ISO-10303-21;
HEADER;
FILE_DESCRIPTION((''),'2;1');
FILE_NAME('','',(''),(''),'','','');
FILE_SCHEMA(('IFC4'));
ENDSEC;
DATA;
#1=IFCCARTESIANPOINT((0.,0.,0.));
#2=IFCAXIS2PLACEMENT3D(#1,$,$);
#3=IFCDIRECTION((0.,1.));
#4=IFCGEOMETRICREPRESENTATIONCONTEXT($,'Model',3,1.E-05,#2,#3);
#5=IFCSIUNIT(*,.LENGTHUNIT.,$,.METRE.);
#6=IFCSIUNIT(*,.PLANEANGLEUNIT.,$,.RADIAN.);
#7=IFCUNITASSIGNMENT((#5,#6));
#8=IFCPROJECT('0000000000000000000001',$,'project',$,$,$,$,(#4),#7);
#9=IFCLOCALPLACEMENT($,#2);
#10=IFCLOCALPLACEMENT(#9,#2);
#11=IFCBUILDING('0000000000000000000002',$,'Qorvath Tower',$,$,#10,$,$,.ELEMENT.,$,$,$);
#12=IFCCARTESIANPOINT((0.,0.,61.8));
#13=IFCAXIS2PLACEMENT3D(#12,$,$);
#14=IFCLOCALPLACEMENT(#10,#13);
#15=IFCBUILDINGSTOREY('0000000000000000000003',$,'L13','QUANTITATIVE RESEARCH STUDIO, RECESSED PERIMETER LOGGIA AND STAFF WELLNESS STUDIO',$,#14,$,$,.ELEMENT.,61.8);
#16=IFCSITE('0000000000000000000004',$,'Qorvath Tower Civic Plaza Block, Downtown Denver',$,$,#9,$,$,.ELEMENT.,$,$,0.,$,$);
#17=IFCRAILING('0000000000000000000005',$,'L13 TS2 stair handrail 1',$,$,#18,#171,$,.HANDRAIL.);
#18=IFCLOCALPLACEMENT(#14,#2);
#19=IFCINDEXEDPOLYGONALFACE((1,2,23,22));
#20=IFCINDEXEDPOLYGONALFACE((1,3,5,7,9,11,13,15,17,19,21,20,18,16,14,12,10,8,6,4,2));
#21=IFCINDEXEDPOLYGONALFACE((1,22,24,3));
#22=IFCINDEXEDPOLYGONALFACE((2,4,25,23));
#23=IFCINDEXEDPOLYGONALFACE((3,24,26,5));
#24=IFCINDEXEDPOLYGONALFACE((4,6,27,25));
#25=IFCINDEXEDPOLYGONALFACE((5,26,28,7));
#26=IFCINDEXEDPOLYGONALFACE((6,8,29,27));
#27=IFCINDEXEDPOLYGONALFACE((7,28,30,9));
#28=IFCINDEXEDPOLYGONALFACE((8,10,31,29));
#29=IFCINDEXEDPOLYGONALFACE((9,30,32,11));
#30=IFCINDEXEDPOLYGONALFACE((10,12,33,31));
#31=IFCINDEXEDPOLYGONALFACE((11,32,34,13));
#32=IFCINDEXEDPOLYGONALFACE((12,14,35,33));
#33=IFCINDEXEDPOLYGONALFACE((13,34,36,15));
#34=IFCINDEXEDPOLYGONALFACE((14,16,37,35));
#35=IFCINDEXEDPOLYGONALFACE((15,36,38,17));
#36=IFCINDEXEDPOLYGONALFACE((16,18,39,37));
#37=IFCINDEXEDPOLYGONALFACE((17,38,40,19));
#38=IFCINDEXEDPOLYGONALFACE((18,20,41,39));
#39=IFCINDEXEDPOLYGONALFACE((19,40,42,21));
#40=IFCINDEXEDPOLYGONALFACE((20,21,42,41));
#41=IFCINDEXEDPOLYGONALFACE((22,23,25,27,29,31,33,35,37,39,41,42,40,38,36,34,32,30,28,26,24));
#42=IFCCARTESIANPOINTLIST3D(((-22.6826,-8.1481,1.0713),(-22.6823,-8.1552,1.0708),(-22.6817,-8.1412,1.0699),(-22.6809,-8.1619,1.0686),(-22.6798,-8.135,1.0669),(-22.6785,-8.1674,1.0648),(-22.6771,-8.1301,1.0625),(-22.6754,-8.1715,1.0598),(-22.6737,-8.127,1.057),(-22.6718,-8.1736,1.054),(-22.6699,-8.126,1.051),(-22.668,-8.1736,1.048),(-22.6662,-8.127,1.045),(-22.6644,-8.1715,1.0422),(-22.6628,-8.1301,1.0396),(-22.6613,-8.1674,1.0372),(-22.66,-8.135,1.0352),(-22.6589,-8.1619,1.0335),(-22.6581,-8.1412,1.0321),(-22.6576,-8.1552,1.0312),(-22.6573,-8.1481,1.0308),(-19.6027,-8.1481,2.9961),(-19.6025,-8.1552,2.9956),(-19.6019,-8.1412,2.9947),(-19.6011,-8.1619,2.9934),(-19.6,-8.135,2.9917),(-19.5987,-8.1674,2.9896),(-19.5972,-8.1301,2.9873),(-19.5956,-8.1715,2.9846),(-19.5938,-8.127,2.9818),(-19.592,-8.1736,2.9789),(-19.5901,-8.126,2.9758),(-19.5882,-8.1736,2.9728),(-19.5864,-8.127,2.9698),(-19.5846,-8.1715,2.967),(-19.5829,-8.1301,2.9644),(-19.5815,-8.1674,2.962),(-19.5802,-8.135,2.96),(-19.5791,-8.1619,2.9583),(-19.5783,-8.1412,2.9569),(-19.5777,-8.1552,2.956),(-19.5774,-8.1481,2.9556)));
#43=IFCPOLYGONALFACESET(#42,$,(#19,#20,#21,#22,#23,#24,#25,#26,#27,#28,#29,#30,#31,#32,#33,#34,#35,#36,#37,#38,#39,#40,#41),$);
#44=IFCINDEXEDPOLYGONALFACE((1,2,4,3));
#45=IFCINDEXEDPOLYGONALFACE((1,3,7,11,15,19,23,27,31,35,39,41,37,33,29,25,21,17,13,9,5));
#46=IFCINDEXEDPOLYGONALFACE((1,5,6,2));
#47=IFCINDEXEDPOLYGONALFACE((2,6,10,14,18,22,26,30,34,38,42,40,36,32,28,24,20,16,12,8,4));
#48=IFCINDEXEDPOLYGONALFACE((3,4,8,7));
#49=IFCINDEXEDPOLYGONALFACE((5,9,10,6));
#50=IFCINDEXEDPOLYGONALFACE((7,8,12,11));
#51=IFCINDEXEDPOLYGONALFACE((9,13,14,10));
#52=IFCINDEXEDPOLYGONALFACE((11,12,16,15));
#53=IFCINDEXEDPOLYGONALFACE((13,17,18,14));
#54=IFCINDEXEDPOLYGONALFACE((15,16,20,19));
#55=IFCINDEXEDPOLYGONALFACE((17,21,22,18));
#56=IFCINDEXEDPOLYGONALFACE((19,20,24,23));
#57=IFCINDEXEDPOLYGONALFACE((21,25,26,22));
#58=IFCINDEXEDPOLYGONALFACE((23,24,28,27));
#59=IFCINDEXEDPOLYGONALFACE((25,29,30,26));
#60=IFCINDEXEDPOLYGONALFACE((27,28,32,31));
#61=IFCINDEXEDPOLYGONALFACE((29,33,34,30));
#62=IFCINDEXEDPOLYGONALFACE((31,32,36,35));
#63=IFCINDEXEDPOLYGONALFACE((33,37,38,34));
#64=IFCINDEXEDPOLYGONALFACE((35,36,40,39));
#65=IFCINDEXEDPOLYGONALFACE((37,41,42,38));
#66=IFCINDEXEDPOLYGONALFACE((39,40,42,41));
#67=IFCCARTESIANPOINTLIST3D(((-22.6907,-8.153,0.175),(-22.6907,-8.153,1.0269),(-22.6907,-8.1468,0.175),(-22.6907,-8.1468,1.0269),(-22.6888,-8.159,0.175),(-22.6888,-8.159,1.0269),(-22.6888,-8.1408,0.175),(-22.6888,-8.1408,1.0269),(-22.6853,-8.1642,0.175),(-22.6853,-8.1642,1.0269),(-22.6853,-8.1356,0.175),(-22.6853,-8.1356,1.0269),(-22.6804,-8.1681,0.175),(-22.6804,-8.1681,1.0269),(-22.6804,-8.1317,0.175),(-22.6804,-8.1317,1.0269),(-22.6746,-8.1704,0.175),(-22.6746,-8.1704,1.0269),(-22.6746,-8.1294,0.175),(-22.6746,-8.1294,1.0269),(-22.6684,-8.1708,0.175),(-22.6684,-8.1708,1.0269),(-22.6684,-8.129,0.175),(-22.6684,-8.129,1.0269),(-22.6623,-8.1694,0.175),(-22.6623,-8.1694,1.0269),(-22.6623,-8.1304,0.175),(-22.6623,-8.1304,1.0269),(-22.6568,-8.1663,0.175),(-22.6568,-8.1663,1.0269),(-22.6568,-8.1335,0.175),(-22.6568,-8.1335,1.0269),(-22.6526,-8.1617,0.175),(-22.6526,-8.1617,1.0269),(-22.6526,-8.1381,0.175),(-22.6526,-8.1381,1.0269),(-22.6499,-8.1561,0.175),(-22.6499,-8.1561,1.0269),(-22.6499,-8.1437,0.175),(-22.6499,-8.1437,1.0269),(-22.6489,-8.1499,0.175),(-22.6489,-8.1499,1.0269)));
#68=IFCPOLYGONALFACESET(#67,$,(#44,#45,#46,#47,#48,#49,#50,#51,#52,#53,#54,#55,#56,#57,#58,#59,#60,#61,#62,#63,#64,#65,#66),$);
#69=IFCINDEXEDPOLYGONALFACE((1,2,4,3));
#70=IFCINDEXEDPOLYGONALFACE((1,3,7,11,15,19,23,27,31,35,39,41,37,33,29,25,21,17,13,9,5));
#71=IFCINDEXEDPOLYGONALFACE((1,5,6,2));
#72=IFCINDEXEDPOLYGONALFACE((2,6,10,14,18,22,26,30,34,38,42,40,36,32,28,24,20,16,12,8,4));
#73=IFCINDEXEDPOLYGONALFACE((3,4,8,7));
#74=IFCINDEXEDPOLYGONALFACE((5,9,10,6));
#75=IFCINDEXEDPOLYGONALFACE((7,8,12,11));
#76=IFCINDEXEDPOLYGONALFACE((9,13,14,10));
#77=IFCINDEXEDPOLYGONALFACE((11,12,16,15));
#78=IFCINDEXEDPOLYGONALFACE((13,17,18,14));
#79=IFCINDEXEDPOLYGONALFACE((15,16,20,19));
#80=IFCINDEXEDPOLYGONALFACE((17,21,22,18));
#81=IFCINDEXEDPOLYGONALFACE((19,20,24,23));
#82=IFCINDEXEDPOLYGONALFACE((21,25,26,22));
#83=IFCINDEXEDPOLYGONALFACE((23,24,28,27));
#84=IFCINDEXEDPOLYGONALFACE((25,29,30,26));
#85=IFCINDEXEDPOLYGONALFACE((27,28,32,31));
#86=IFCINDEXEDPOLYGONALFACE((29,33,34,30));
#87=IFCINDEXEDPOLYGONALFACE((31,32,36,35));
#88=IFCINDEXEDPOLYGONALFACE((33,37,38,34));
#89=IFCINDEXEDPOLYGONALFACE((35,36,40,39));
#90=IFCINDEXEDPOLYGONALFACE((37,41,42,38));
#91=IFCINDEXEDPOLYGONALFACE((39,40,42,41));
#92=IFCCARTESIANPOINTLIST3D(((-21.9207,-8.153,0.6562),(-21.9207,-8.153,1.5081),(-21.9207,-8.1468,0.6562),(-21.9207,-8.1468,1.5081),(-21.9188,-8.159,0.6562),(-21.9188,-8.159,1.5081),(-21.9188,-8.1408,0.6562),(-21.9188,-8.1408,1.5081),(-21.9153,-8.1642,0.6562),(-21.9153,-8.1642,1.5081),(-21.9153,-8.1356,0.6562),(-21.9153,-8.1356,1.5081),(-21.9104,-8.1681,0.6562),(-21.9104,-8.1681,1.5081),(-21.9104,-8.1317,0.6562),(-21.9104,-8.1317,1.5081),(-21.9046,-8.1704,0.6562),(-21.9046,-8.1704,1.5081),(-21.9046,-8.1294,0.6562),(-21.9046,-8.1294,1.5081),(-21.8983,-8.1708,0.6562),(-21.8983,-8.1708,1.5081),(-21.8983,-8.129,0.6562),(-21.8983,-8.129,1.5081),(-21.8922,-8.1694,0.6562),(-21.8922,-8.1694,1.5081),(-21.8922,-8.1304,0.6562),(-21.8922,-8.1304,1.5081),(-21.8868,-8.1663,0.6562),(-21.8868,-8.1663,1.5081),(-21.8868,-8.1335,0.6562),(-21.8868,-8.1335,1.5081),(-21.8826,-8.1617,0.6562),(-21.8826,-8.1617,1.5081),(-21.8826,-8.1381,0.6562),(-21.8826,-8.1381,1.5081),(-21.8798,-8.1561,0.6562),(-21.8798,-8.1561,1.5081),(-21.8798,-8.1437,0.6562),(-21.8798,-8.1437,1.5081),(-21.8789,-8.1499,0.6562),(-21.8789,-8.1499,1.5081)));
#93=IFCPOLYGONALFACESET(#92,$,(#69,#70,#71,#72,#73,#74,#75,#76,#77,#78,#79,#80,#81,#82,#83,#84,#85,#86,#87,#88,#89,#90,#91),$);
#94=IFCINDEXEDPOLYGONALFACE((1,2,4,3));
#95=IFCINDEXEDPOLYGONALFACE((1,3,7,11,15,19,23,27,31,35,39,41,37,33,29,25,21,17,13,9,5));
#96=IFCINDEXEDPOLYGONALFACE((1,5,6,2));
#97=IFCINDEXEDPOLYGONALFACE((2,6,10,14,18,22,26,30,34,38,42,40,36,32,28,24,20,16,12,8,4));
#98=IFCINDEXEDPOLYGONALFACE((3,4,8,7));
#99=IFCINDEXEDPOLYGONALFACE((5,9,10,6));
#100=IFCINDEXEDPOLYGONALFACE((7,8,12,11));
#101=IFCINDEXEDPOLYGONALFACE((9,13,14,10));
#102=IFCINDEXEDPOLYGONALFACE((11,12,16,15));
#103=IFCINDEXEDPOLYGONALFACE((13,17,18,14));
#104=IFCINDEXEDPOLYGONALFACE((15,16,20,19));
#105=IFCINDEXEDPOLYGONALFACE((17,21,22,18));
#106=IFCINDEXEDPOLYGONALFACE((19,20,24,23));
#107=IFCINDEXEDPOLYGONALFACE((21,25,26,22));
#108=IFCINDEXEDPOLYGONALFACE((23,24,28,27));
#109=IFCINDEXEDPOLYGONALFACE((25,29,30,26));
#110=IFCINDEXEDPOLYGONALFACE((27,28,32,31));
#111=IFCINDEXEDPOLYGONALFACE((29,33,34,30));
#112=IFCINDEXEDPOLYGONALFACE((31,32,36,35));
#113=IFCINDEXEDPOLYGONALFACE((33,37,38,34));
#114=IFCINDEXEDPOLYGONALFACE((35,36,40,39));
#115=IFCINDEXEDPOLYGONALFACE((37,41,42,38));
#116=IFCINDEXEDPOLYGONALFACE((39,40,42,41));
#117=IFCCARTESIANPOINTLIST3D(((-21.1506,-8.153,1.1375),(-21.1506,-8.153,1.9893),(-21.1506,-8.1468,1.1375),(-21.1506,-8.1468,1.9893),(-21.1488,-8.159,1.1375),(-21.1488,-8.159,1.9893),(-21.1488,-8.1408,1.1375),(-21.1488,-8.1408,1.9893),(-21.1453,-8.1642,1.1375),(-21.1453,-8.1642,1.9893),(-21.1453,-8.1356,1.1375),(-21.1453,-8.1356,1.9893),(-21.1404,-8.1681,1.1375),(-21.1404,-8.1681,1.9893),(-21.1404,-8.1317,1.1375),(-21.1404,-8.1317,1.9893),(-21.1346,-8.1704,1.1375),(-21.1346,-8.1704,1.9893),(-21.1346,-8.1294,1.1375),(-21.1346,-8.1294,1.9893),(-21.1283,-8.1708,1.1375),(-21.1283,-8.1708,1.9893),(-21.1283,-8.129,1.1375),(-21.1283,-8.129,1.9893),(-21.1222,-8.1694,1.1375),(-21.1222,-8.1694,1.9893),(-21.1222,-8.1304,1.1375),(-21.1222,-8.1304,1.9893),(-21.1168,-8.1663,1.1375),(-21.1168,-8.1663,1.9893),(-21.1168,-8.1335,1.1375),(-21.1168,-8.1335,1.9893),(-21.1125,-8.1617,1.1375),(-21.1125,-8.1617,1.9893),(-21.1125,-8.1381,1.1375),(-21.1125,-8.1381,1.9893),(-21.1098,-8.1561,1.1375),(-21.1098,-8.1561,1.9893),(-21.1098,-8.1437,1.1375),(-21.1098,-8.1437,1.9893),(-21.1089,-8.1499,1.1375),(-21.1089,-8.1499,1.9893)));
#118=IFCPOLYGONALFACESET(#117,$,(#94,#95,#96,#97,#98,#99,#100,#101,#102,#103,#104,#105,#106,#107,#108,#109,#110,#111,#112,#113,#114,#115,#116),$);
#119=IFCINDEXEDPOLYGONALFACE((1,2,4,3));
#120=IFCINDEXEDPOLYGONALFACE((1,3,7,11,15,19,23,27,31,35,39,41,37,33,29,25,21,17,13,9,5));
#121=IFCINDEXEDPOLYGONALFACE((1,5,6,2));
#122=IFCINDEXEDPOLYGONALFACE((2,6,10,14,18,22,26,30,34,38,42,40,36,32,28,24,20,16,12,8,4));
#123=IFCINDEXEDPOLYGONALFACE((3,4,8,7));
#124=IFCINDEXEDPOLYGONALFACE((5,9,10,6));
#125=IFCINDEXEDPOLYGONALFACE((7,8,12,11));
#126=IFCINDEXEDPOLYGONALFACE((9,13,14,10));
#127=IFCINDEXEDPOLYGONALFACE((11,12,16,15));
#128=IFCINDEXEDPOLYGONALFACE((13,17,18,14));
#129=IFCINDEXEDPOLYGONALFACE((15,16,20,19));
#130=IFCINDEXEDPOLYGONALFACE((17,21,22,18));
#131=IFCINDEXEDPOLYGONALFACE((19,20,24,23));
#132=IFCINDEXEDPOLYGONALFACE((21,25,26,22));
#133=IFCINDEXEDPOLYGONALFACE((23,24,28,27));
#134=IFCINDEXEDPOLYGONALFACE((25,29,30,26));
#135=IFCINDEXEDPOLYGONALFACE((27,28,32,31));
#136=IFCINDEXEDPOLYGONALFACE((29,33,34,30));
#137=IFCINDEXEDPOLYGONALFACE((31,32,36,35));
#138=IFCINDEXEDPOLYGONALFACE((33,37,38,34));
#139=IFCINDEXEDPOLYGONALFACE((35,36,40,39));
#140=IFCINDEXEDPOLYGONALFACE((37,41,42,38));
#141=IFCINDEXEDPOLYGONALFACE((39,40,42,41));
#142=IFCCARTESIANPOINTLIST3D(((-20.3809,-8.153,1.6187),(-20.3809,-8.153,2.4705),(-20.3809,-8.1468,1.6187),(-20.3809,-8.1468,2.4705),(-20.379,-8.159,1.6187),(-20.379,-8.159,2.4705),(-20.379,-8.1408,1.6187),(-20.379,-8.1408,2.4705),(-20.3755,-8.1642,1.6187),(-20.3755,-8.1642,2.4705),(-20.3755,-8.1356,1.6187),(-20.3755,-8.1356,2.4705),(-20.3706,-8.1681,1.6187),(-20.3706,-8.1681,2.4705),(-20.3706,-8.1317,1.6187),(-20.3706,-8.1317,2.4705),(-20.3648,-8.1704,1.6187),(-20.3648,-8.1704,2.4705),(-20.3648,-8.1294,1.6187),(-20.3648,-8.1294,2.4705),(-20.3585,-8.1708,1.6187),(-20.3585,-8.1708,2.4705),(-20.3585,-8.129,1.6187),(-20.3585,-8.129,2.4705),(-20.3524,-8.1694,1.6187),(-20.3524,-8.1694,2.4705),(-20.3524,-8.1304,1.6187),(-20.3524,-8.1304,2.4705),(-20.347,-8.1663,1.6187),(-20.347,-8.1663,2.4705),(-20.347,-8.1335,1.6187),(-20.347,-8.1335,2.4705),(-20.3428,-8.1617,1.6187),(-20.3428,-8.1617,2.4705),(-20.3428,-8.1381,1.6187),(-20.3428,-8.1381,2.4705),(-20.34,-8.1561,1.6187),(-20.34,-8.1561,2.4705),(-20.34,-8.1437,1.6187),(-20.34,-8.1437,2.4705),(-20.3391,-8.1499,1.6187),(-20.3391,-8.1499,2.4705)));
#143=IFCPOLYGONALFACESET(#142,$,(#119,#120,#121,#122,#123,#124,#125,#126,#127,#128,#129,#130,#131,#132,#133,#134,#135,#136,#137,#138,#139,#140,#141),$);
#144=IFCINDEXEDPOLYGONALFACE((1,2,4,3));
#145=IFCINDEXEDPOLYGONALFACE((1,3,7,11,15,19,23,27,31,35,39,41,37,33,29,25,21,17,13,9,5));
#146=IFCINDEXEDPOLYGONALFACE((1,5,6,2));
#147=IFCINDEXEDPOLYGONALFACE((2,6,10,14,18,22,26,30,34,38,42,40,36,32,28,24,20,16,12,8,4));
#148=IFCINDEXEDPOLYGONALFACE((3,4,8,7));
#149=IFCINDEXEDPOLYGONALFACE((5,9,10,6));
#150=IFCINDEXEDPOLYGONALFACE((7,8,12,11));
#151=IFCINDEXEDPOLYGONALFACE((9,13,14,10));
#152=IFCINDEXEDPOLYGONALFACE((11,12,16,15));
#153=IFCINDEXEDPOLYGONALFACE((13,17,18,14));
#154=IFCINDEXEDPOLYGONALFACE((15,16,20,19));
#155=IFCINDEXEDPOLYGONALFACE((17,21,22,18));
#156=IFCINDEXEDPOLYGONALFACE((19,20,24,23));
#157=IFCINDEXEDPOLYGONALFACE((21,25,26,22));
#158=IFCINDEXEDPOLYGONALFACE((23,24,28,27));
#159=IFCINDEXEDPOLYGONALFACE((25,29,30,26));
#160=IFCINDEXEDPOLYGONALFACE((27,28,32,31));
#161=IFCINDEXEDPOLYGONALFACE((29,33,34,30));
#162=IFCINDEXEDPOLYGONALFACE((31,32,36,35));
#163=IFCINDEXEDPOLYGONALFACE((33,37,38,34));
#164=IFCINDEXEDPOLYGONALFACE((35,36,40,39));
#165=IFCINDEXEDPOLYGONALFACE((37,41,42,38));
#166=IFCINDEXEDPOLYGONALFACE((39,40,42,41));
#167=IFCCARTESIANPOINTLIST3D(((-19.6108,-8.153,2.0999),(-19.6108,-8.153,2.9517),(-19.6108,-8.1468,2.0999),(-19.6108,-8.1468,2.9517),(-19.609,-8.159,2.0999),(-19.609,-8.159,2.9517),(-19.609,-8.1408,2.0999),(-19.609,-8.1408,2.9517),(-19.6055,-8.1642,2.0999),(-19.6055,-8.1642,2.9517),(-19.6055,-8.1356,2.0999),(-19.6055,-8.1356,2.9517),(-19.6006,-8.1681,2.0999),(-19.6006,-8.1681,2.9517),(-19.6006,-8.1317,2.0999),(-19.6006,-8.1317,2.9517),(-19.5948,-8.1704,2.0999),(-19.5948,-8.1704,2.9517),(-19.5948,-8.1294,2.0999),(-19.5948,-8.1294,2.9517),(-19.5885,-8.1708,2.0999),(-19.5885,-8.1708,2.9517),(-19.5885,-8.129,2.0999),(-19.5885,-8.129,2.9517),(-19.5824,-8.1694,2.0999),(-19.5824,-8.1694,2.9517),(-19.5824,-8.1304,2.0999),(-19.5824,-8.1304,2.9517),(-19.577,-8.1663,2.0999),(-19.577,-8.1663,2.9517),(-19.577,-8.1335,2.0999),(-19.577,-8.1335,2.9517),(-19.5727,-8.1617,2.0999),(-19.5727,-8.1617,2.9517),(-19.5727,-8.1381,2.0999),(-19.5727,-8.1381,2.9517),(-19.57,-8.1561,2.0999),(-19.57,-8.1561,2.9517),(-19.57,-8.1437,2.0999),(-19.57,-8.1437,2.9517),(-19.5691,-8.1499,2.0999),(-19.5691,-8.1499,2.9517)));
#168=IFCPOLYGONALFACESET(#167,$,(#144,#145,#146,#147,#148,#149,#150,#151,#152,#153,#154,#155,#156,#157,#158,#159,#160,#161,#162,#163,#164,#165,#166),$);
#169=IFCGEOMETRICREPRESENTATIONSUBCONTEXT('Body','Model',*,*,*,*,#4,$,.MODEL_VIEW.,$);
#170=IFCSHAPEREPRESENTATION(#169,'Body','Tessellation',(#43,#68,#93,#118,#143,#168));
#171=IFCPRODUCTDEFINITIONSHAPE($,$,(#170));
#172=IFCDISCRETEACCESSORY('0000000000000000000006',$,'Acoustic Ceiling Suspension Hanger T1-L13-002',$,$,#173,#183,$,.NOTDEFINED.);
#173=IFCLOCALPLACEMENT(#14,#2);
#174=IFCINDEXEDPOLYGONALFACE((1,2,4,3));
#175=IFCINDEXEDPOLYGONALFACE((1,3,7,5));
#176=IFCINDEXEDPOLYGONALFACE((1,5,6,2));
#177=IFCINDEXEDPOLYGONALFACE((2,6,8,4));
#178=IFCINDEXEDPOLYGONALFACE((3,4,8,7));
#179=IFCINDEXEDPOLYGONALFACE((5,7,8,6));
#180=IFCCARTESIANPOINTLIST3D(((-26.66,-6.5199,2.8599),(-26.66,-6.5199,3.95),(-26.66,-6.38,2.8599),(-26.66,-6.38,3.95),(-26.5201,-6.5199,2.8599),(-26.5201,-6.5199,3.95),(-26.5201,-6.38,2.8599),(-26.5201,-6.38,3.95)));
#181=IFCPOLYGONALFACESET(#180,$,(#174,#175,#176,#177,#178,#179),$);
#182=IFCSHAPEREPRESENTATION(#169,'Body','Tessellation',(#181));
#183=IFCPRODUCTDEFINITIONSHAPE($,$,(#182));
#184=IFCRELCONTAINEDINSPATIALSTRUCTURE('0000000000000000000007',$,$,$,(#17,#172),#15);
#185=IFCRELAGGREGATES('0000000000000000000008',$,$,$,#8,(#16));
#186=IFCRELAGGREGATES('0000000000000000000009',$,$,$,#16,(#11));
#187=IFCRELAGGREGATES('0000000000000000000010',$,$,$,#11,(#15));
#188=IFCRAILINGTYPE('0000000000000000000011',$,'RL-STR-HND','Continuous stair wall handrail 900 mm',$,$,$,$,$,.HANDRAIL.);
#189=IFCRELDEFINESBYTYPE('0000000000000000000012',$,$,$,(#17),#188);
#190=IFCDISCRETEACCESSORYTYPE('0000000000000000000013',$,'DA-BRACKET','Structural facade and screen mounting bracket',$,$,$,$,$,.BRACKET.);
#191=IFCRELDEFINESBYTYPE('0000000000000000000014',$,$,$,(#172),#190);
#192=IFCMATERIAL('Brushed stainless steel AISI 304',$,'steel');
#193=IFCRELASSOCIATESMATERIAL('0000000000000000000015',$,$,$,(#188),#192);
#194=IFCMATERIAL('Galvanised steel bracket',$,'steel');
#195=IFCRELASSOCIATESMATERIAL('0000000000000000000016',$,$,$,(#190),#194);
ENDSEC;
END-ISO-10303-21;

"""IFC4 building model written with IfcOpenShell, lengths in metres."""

from ifc_helpers import new_model, si_unit, direction, frame, origin, origin_2d, place, context, subcontext, project, spatial, rectangle, circle, extrude, material, type_object, element, save


model = new_model("IFC4")

# Units and contexts
model_context = context("Model", 3, precision=1e-05, world=origin(), true_north=direction((0.0, 1.0)))
body_context = subcontext(model_context, "Body", "Model", "MODEL_VIEW")
ifc_project = project(units=[si_unit("LENGTHUNIT", "METRE"), si_unit("PLANEANGLEUNIT", "RADIAN")], contexts=[model_context])

# Site, building, storey
site_placement = place(None, origin())
site = spatial("IfcSite", under=ifc_project, at=site_placement, Name="Qorvath Tower Civic Plaza Block, Downtown Denver", CompositionType="ELEMENT", RefElevation=0.0)
building_placement = place(site_placement, origin())
building = spatial("IfcBuilding", under=site, at=building_placement, Name="Qorvath Tower", CompositionType="ELEMENT")
storey_placement = place(building_placement, frame((0.0, 0.0, 61.8)))
storey = spatial("IfcBuildingStorey", under=building, at=storey_placement, Name="L13", Description="QUANTITATIVE RESEARCH STUDIO, RECESSED PERIMETER LOGGIA AND STAFF WELLNESS STUDIO", CompositionType="ELEMENT", Elevation=61.8)

# Railing
ifc_material_1 = material(Name="Brushed stainless steel AISI 304", Category="steel")
railing_type_1 = type_object("IfcRailingType", Name="RL-STR-HND", Description="Continuous stair wall handrail 900 mm", PredefinedType="HANDRAIL", material=ifc_material_1)
railing_1_placement = place(storey_placement, frame((-22.6699, -8.1499, 0.175)))
element("IfcRailing", 1, at=railing_1_placement, inside=storey, type_object=railing_type_1, Name="L13 TS2 stair handrail 1", PredefinedType="HANDRAIL", context=body_context, shape_type="SweptSolid", body=[
    extrude(circle(Radius=0.0239, at=origin_2d()), frame((0.0, 0.0, 0.876), z_axis=(0.84801, 0.0, 0.529981), x_axis=(0.0, 1.0, 0.0)), (0.0, 0.0, 1.0), 3.6318),
    extrude(circle(Radius=0.021, at=origin_2d()), origin(), (0.0, 0.0, 1.0), 0.8518),
    extrude(circle(Radius=0.021, at=origin_2d()), frame((0.77, 0.0, 0.4812)), (0.0, 0.0, 1.0), 0.8518),
    extrude(circle(Radius=0.021, at=origin_2d()), frame((1.54, 0.0, 0.9624)), (0.0, 0.0, 1.0), 0.8518),
    extrude(circle(Radius=0.021, at=origin_2d()), frame((2.3098, 0.0, 1.4436)), (0.0, 0.0, 1.0), 0.8518),
    extrude(circle(Radius=0.021, at=origin_2d()), frame((3.0798, 0.0, 1.9248)), (0.0, 0.0, 1.0), 0.8518),
])

# Discrete accessory
ifc_material_2 = material(Name="Galvanised steel bracket", Category="steel")
discrete_accessory_type = type_object("IfcDiscreteAccessoryType", Name="DA-BRACKET", Description="Structural facade and screen mounting bracket", PredefinedType="BRACKET", material=ifc_material_2)
discrete_accessory_placement = place(storey_placement, frame((-26.5901, -6.45, 2.8599), z_axis=(0.0, 0.0, 1.0), x_axis=(1.0, 0.0, 0.0)))
element("IfcDiscreteAccessory", 2, at=discrete_accessory_placement, inside=storey, type_object=discrete_accessory_type, Name="Acoustic Ceiling Suspension Hanger T1-L13-002", PredefinedType="NOTDEFINED", context=body_context, shape_type="SweptSolid", body=[
    extrude(rectangle(XDim=0.1399, YDim=0.1399, at=origin_2d()), origin(), (0.0, 0.0, 1.0), 1.0901),
])

save(model, "model.ifc")
